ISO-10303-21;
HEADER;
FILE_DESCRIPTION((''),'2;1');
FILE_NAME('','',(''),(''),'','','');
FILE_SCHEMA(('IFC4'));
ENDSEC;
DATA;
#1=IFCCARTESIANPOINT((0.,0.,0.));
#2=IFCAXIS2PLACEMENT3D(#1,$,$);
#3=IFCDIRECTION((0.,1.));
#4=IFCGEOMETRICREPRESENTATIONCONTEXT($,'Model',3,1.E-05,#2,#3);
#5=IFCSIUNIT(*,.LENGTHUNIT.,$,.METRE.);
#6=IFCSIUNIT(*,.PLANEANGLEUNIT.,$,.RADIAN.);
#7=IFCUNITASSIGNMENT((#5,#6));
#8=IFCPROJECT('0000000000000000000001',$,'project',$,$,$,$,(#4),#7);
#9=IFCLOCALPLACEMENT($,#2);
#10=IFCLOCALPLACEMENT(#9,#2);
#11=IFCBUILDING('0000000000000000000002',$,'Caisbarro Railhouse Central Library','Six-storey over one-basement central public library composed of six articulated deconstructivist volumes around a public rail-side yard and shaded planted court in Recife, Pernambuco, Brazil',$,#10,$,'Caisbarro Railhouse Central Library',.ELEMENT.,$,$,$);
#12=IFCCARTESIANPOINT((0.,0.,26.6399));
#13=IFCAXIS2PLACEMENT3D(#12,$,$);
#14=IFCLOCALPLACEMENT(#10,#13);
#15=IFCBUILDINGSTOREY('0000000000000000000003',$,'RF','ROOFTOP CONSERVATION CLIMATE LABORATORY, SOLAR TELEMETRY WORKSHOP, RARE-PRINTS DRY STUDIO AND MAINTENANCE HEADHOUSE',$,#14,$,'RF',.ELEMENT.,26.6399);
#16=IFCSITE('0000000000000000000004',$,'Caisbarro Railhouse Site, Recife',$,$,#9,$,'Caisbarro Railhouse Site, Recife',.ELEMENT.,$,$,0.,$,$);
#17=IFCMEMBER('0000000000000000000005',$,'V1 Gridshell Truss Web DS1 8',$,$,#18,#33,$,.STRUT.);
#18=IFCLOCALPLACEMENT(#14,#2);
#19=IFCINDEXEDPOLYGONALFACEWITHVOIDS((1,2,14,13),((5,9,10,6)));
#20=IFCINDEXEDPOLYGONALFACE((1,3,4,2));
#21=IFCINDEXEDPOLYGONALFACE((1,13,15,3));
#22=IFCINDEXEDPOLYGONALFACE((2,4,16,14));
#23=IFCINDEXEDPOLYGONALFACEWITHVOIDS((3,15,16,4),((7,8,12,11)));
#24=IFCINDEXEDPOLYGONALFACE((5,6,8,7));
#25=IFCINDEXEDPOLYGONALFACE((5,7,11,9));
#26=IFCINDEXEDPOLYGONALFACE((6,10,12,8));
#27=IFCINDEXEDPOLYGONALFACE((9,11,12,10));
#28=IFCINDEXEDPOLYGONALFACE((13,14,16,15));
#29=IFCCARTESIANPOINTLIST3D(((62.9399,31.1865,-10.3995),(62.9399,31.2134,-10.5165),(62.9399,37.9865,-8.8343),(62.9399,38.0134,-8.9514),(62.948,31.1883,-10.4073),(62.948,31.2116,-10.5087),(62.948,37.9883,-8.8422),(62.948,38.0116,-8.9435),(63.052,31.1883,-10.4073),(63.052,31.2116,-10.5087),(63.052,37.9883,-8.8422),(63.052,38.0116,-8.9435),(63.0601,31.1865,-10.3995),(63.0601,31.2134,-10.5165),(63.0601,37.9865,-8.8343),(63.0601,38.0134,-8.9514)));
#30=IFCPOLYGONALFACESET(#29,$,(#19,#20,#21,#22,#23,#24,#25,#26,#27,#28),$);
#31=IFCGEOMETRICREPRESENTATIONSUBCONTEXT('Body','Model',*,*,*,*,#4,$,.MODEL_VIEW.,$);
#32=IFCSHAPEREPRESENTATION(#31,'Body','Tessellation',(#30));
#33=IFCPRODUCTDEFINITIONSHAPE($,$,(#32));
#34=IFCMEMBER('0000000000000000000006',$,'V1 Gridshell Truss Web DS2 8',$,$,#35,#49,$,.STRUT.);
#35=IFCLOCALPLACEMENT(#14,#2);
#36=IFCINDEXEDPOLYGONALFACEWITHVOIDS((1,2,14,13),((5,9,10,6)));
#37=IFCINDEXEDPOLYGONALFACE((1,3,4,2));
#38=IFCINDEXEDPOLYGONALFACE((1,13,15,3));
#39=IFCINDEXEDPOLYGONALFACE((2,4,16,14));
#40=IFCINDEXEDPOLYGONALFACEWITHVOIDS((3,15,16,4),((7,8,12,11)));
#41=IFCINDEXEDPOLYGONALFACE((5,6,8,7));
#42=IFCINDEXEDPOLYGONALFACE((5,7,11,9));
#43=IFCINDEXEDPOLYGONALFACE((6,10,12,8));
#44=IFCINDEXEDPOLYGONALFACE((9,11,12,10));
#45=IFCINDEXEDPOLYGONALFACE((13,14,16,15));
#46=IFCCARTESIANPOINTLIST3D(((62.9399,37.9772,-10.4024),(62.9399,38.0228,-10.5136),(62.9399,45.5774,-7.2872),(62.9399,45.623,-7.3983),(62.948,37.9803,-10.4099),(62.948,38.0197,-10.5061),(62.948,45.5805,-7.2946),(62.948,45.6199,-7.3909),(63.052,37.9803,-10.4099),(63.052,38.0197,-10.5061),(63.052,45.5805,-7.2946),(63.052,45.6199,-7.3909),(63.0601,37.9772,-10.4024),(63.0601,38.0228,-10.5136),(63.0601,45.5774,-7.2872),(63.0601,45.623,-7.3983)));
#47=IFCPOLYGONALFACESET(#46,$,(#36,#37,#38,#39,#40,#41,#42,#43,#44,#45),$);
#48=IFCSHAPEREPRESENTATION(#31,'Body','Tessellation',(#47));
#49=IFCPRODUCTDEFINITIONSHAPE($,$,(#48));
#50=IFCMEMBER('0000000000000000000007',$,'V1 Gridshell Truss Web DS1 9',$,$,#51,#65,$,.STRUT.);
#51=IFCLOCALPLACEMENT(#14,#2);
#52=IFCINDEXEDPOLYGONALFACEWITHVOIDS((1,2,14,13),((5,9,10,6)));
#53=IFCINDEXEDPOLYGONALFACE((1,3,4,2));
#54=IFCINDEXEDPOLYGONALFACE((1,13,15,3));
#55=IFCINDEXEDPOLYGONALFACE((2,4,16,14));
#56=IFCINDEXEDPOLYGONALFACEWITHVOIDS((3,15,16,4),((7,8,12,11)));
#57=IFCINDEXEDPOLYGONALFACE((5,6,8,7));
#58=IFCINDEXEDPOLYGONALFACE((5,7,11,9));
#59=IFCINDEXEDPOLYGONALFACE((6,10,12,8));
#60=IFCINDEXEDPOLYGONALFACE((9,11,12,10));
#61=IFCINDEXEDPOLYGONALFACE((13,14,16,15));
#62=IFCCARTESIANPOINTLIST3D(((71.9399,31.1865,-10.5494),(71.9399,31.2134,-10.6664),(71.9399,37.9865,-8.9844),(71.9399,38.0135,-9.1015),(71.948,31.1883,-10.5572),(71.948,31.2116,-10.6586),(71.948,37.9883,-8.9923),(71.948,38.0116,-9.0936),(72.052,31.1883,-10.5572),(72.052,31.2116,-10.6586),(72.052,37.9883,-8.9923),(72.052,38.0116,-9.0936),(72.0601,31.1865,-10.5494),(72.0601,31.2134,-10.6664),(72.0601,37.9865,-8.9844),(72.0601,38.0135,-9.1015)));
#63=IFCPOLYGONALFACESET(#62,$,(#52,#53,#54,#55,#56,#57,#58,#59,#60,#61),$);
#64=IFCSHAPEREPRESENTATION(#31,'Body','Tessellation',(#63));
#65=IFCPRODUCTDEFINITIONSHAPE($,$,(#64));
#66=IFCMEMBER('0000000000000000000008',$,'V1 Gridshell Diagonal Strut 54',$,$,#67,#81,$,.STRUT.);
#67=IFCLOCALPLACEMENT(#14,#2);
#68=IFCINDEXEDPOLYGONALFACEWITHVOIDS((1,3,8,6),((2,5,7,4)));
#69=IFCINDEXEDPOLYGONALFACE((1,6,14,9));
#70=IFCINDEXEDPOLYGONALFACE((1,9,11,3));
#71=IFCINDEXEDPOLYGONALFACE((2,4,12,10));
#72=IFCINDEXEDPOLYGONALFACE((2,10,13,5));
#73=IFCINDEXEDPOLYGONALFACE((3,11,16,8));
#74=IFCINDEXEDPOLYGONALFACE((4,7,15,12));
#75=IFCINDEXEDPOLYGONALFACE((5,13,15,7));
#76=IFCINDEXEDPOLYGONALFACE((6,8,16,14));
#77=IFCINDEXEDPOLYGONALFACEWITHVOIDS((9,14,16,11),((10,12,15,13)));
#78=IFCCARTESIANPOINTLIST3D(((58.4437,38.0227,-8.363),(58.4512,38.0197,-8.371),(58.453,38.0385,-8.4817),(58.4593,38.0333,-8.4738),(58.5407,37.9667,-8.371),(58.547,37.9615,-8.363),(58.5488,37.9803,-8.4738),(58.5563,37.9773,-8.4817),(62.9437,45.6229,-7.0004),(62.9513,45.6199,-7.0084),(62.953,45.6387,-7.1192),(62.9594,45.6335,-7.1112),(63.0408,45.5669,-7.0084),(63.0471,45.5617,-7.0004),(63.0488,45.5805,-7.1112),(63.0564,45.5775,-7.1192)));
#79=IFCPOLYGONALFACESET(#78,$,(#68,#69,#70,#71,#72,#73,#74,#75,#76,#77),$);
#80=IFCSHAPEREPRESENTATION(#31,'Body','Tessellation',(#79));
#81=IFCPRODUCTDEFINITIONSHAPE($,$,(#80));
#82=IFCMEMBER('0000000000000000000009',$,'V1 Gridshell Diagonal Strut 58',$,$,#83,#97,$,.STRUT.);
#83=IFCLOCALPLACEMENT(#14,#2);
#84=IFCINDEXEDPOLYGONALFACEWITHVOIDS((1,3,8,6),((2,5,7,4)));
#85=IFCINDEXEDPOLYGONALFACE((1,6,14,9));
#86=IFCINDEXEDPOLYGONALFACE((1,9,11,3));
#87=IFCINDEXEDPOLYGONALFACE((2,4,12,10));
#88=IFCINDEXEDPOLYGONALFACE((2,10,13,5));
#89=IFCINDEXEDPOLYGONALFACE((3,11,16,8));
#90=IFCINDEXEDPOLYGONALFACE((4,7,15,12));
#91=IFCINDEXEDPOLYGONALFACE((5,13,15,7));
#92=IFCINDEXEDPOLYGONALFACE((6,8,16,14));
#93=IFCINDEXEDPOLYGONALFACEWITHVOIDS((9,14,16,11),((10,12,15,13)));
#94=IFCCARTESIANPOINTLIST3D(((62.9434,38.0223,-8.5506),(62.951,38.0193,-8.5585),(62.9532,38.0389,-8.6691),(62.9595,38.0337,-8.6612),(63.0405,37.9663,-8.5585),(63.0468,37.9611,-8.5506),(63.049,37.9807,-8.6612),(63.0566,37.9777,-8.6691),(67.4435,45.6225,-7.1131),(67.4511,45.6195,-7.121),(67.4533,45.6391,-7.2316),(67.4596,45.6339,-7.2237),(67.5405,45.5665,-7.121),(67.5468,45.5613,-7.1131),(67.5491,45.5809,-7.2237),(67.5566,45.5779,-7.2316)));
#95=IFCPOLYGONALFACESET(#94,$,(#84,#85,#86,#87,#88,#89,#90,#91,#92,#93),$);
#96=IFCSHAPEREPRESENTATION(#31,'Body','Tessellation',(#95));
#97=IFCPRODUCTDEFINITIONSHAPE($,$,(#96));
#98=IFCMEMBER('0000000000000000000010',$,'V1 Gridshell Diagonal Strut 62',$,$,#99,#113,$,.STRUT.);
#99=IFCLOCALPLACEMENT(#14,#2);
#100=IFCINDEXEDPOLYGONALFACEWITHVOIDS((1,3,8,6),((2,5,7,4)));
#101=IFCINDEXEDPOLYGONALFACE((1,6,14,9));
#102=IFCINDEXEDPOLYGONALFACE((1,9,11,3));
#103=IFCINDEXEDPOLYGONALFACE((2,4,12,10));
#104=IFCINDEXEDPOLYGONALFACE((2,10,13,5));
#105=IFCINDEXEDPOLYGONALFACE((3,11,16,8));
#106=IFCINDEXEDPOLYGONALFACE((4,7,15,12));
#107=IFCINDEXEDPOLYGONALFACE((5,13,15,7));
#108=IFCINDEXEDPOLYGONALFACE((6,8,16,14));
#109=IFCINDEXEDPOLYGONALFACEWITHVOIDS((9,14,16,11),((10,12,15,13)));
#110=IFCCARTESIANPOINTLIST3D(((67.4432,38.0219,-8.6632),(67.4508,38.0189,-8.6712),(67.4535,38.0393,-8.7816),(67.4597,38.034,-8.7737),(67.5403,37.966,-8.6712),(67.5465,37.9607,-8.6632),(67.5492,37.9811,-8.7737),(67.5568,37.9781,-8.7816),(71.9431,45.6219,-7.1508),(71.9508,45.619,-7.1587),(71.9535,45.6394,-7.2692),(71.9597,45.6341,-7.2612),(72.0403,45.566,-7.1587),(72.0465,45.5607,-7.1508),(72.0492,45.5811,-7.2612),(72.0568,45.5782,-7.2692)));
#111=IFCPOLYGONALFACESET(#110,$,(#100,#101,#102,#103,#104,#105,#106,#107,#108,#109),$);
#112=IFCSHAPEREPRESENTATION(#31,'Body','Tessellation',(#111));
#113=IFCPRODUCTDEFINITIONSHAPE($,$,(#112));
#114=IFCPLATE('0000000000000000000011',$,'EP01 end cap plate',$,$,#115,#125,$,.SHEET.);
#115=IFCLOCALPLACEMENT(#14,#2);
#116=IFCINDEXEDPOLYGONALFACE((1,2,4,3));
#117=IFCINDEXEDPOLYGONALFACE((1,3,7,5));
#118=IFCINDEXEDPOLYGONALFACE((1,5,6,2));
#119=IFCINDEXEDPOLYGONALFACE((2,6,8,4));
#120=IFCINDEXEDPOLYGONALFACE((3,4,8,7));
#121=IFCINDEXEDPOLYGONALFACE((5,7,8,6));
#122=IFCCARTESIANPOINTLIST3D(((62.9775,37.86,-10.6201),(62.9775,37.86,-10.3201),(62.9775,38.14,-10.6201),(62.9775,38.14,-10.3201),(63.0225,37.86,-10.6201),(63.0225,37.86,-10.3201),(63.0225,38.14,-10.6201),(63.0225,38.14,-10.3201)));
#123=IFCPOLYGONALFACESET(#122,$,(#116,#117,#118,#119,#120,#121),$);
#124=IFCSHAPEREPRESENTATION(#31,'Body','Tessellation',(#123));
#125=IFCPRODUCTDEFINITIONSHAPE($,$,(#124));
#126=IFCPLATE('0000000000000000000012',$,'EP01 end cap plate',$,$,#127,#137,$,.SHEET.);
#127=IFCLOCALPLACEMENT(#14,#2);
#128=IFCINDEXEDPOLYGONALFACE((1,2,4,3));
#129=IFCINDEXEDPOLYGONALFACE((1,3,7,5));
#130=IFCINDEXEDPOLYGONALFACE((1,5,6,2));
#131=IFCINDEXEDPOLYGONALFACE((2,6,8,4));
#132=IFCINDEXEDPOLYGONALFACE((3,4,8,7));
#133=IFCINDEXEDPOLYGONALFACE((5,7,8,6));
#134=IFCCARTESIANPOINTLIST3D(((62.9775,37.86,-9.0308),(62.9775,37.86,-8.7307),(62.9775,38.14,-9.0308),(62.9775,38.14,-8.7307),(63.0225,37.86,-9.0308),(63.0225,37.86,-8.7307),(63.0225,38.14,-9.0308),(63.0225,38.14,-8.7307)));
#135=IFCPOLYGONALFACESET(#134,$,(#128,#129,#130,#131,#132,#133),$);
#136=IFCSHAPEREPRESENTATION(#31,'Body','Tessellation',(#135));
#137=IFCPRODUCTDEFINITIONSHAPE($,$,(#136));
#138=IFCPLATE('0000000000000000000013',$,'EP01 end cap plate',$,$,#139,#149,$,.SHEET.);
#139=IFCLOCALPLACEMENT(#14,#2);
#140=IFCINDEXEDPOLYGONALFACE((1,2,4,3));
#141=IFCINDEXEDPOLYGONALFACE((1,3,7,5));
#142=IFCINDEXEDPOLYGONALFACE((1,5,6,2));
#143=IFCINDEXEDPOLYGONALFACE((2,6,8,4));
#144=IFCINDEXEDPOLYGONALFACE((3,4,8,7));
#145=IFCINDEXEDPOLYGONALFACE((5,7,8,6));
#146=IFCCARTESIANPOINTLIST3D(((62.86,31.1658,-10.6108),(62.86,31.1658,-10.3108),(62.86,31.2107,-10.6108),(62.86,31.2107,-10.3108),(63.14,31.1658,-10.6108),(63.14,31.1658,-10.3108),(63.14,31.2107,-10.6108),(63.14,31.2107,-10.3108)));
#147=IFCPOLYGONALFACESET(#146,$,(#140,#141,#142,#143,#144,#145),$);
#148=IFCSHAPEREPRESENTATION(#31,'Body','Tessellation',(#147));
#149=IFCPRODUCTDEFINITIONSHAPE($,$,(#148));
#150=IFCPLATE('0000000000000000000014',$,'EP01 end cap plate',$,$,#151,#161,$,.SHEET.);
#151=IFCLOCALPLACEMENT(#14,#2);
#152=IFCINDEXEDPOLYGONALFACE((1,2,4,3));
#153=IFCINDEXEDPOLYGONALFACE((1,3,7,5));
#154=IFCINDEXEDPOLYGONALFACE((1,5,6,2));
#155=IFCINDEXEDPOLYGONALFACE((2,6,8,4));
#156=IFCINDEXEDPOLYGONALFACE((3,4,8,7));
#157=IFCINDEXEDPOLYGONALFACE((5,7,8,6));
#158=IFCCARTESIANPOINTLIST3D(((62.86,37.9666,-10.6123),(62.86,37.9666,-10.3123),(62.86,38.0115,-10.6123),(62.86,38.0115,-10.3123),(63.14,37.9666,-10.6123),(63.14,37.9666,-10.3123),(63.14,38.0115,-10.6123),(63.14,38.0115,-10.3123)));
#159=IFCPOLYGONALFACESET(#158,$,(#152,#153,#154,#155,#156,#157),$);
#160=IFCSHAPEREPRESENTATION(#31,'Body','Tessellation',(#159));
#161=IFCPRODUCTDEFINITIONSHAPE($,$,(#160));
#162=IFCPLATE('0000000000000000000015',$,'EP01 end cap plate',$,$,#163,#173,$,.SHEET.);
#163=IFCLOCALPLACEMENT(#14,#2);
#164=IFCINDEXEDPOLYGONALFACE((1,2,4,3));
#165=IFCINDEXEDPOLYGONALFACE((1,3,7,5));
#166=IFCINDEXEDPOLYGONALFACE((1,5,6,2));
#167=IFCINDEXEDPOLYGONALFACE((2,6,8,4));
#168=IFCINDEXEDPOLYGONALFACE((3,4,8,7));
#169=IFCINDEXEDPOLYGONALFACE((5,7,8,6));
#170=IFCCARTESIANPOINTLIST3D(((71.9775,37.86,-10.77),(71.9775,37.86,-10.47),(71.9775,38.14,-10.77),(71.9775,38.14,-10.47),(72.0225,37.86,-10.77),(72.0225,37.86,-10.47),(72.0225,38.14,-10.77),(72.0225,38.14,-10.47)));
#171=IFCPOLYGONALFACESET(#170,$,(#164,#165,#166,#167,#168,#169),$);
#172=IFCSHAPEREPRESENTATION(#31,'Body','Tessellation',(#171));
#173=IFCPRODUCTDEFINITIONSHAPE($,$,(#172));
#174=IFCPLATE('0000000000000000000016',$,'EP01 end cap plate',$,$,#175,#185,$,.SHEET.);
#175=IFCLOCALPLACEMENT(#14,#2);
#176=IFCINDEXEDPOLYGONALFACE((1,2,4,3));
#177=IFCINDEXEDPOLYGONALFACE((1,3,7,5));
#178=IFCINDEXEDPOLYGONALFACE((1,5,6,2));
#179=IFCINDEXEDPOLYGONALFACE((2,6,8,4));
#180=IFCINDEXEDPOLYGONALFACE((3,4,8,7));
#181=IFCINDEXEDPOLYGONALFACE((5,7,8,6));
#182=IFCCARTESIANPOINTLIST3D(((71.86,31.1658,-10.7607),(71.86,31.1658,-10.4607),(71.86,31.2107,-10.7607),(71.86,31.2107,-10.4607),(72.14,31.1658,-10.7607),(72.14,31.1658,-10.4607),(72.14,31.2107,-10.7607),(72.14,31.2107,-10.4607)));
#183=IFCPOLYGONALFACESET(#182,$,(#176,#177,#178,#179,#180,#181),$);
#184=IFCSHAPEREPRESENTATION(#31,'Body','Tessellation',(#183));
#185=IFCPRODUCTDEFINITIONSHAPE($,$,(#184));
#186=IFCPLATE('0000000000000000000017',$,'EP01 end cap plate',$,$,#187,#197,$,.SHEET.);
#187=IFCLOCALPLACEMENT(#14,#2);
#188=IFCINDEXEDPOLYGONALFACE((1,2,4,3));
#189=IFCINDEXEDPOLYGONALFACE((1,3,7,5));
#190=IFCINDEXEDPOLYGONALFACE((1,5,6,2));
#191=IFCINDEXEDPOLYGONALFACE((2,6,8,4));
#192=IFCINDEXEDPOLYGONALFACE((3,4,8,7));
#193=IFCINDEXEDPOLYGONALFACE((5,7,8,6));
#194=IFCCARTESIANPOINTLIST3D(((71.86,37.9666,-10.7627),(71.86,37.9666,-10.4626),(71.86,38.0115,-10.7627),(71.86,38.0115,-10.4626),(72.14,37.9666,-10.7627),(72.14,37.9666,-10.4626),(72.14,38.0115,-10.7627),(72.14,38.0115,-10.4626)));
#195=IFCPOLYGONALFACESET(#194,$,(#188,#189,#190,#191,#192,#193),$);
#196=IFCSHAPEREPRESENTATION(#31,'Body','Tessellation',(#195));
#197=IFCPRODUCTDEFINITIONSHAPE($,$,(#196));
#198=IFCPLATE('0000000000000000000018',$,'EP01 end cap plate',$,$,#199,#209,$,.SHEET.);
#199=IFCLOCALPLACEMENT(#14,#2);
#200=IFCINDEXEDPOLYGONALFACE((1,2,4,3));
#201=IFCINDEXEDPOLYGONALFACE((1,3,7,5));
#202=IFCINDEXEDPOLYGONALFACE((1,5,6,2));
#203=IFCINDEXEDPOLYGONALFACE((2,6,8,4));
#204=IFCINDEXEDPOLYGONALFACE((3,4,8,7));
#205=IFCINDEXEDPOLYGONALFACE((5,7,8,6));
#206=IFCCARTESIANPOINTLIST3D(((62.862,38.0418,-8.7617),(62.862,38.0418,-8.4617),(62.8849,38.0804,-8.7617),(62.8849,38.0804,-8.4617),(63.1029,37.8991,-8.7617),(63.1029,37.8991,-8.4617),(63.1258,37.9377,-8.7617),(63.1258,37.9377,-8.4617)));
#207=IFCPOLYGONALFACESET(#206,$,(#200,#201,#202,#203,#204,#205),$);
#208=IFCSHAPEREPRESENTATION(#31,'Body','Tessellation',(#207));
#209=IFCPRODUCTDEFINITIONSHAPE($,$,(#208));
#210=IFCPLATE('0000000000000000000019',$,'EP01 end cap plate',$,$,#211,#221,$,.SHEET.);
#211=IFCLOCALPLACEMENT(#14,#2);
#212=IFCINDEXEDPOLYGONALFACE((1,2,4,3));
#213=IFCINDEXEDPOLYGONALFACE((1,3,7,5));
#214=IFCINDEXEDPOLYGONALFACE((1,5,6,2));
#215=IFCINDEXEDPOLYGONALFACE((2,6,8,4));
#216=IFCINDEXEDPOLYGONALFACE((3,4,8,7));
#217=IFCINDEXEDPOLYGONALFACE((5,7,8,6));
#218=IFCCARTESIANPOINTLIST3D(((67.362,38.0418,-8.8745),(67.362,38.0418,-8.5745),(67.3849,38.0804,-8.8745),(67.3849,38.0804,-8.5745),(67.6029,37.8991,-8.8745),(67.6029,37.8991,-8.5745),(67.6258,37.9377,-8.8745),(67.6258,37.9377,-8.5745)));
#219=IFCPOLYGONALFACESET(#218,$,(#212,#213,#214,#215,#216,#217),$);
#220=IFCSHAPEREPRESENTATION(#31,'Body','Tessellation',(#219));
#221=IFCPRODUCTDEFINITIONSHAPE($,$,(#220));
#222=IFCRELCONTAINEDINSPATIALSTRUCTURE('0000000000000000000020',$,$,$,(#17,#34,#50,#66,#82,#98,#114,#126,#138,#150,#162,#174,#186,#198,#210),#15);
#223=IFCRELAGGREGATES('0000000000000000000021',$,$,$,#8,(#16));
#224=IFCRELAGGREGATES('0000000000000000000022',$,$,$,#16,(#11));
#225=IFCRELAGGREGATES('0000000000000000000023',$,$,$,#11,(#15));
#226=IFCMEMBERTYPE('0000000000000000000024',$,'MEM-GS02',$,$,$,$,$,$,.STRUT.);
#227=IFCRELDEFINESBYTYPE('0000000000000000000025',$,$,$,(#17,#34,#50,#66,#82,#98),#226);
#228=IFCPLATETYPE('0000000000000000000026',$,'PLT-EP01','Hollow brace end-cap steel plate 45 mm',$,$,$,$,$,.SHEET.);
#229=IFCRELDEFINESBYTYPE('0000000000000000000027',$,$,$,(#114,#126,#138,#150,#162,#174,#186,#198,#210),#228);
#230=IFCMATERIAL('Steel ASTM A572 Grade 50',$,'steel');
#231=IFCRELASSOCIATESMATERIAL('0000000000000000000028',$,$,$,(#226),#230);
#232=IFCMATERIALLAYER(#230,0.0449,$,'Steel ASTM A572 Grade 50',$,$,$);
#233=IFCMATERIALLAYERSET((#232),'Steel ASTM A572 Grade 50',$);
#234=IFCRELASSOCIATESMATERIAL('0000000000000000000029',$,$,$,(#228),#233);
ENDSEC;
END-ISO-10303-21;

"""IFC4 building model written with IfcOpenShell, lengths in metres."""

from ifc_helpers import new_model, si_unit, direction, frame, origin, origin_2d, place, context, subcontext, project, spatial, rectangle, hollow_rectangle, extrude, material, layer, layer_set, material_profile, profile_set, type_object, element, save


model = new_model("IFC4")

# Units and contexts
model_context = context("Model", 3, precision=1e-05, world=origin(), true_north=direction((0.0, 1.0)))
body_context = subcontext(model_context, "Body", "Model", "MODEL_VIEW")
ifc_project = project(units=[si_unit("LENGTHUNIT", "METRE"), si_unit("PLANEANGLEUNIT", "RADIAN")], contexts=[model_context])

# Site, building, storey
site_placement = place(None, origin())
site = spatial("IfcSite", under=ifc_project, at=site_placement, Name="Caisbarro Railhouse Site, Recife", LongName="Caisbarro Railhouse Site, Recife", CompositionType="ELEMENT", RefElevation=0.0)
building_placement = place(site_placement, origin())
building = spatial("IfcBuilding", under=site, at=building_placement, Name="Caisbarro Railhouse Central Library", Description="Six-storey over one-basement central public library composed of six articulated deconstructivist volumes around a public rail-side yard and shaded planted court in Recife, Pernambuco, Brazil", LongName="Caisbarro Railhouse Central Library", CompositionType="ELEMENT")
storey_placement = place(building_placement, frame((0.0, 0.0, 26.6399)))
storey = spatial("IfcBuildingStorey", under=building, at=storey_placement, Name="RF", Description="ROOFTOP CONSERVATION CLIMATE LABORATORY, SOLAR TELEMETRY WORKSHOP, RARE-PRINTS DRY STUDIO AND MAINTENANCE HEADHOUSE", LongName="RF", CompositionType="ELEMENT", Elevation=26.6399)

# Shared definitions
ifc_material = material(Name="Steel ASTM A572 Grade 50", Category="steel")

# Members
ifc_material_profile_1 = material_profile(ifc_material, hollow_rectangle(XDim=0.1201, YDim=0.1201, WallThickness=0.0081, at=origin_2d()), Name="HSS120X120X8")
ifc_profile_set_1 = profile_set([ifc_material_profile_1], Name="Steel ASTM A572 Grade 50")
member_type_1 = type_object("IfcMemberType", Name="MEM-GS02", PredefinedType="STRUT", material=ifc_profile_set_1)
member_1_placement = place(storey_placement, frame((63.0, 31.2, -10.458), z_axis=(0.0, 0.974518, 0.224308), x_axis=(-1.0, 0.0, 0.0)))
element("IfcMember", 1, at=member_1_placement, inside=storey, type_object=member_type_1, Name="V1 Gridshell Truss Web DS1 8", PredefinedType="STRUT", context=body_context, shape_type="SweptSolid", body=[
    extrude(hollow_rectangle(XDim=0.1201, YDim=0.1201, WallThickness=0.0081, at=origin_2d()), origin(), (0.0, 0.0, 1.0), 6.9778),
])
member_2_placement = place(storey_placement, frame((63.0, 38.0, -10.458), z_axis=(0.0, 0.925286, 0.379269), x_axis=(-1.0, 0.0, 0.0)))
element("IfcMember", 2, at=member_2_placement, inside=storey, type_object=member_type_1, Name="V1 Gridshell Truss Web DS2 8", PredefinedType="STRUT", context=body_context, shape_type="SweptSolid", body=[
    extrude(hollow_rectangle(XDim=0.1201, YDim=0.1201, WallThickness=0.0081, at=origin_2d()), origin(), (0.0, 0.0, 1.0), 8.2139),
])
member_3_placement = place(storey_placement, frame((72.0, 31.2, -10.6079), z_axis=(0.0, 0.974526, 0.224274), x_axis=(-1.0, 0.0, 0.0)))
element("IfcMember", 3, at=member_3_placement, inside=storey, type_object=member_type_1, Name="V1 Gridshell Truss Web DS1 9", PredefinedType="STRUT", context=body_context, shape_type="SweptSolid", body=[
    extrude(hollow_rectangle(XDim=0.1201, YDim=0.1201, WallThickness=0.0081, at=origin_2d()), origin(), (0.0, 0.0, 1.0), 6.9778),
])
member_4_placement = place(storey_placement, frame((58.5, 38.0, -8.4224), z_axis=(0.503531, 0.850419, 0.152463), x_axis=(-0.860478, 0.509487, 0.0)))
element("IfcMember", 4, at=member_4_placement, inside=storey, type_object=member_type_1, Name="V1 Gridshell Diagonal Strut 54", PredefinedType="STRUT", context=body_context, shape_type="SweptSolid", body=[
    extrude(hollow_rectangle(XDim=0.1201, YDim=0.1201, WallThickness=0.0081, at=origin_2d()), origin(), (0.0, 0.0, 1.0), 8.937),
])
member_5_placement = place(storey_placement, frame((63.0, 38.0, -8.6099), z_axis=(0.502871, 0.849303, 0.160639), x_axis=(-0.860478, 0.509487, 0.0)))
element("IfcMember", 5, at=member_5_placement, inside=storey, type_object=member_type_1, Name="V1 Gridshell Diagonal Strut 58", PredefinedType="STRUT", context=body_context, shape_type="SweptSolid", body=[
    extrude(hollow_rectangle(XDim=0.1201, YDim=0.1201, WallThickness=0.0081, at=origin_2d()), origin(), (0.0, 0.0, 1.0), 8.9487),
])
member_6_placement = place(storey_placement, frame((67.5, 38.0, -8.7224), z_axis=(0.502178, 0.848133, 0.168782), x_axis=(-0.860478, 0.509487, 0.0)))
element("IfcMember", 6, at=member_6_placement, inside=storey, type_object=member_type_1, Name="V1 Gridshell Diagonal Strut 62", PredefinedType="STRUT", context=body_context, shape_type="SweptSolid", body=[
    extrude(hollow_rectangle(XDim=0.1201, YDim=0.1201, WallThickness=0.0081, at=origin_2d()), origin(), (0.0, 0.0, 1.0), 8.9609),
])

# Plates
ifc_layer_1 = layer(ifc_material, 0.0449, Name="Steel ASTM A572 Grade 50")
ifc_layer_set_1 = layer_set([ifc_layer_1], Name="Steel ASTM A572 Grade 50")
plate_type_1 = type_object("IfcPlateType", Name="PLT-EP01", Description="Hollow brace end-cap steel plate 45 mm", PredefinedType="SHEET", material=ifc_layer_set_1)
for number, where, z_axis, x_axis, name in (
    (7, (63.0, 38.0, -10.6201), (0.0, 0.0, 1.0), (1.0, 0.0, 0.0), "EP01 end cap plate"),
    (8, (63.0, 38.0, -9.0308), (0.0, 0.0, 1.0), (1.0, 0.0, 0.0), "EP01 end cap plate"),
    (9, (63.0, 31.1882, -10.6108), (0.0, 0.0, 1.0), (0.0, 1.0, 0.0), "EP01 end cap plate"),
    (10, (63.0, 37.989, -10.6123), (0.0, 0.0, 1.0), (0.0, 1.0, 0.0), "EP01 end cap plate"),
    (11, (72.0, 38.0, -10.77), (0.0, 0.0, 1.0), (1.0, 0.0, 0.0), "EP01 end cap plate"),
    (12, (72.0, 31.1882, -10.7607), (0.0, 0.0, 1.0), (0.0, 1.0, 0.0), "EP01 end cap plate"),
    (13, (72.0, 37.989, -10.7627), (0.0, 0.0, 1.0), (0.0, 1.0, 0.0), "EP01 end cap plate"),
    (14, (62.9939, 37.9897, -8.7617), (0.0, 0.0, 1.0), (0.509492, 0.860475, 0.0), "EP01 end cap plate"),
    (15, (67.4939, 37.9897, -8.8745), (0.0, 0.0, 1.0), (0.509492, 0.860475, 0.0), "EP01 end cap plate"),
):
    element("IfcPlate", number, at=place(storey_placement, frame(where, z_axis=z_axis, x_axis=x_axis)), inside=storey, type_object=plate_type_1, Name=name, PredefinedType="SHEET", context=body_context, shape_type="SweptSolid", body=[
        extrude(rectangle(XDim=0.0449, YDim=0.28, at=origin_2d()), origin(), (0.0, 0.0, 1.0), 0.3),
    ])

save(model, "model.ifc")
